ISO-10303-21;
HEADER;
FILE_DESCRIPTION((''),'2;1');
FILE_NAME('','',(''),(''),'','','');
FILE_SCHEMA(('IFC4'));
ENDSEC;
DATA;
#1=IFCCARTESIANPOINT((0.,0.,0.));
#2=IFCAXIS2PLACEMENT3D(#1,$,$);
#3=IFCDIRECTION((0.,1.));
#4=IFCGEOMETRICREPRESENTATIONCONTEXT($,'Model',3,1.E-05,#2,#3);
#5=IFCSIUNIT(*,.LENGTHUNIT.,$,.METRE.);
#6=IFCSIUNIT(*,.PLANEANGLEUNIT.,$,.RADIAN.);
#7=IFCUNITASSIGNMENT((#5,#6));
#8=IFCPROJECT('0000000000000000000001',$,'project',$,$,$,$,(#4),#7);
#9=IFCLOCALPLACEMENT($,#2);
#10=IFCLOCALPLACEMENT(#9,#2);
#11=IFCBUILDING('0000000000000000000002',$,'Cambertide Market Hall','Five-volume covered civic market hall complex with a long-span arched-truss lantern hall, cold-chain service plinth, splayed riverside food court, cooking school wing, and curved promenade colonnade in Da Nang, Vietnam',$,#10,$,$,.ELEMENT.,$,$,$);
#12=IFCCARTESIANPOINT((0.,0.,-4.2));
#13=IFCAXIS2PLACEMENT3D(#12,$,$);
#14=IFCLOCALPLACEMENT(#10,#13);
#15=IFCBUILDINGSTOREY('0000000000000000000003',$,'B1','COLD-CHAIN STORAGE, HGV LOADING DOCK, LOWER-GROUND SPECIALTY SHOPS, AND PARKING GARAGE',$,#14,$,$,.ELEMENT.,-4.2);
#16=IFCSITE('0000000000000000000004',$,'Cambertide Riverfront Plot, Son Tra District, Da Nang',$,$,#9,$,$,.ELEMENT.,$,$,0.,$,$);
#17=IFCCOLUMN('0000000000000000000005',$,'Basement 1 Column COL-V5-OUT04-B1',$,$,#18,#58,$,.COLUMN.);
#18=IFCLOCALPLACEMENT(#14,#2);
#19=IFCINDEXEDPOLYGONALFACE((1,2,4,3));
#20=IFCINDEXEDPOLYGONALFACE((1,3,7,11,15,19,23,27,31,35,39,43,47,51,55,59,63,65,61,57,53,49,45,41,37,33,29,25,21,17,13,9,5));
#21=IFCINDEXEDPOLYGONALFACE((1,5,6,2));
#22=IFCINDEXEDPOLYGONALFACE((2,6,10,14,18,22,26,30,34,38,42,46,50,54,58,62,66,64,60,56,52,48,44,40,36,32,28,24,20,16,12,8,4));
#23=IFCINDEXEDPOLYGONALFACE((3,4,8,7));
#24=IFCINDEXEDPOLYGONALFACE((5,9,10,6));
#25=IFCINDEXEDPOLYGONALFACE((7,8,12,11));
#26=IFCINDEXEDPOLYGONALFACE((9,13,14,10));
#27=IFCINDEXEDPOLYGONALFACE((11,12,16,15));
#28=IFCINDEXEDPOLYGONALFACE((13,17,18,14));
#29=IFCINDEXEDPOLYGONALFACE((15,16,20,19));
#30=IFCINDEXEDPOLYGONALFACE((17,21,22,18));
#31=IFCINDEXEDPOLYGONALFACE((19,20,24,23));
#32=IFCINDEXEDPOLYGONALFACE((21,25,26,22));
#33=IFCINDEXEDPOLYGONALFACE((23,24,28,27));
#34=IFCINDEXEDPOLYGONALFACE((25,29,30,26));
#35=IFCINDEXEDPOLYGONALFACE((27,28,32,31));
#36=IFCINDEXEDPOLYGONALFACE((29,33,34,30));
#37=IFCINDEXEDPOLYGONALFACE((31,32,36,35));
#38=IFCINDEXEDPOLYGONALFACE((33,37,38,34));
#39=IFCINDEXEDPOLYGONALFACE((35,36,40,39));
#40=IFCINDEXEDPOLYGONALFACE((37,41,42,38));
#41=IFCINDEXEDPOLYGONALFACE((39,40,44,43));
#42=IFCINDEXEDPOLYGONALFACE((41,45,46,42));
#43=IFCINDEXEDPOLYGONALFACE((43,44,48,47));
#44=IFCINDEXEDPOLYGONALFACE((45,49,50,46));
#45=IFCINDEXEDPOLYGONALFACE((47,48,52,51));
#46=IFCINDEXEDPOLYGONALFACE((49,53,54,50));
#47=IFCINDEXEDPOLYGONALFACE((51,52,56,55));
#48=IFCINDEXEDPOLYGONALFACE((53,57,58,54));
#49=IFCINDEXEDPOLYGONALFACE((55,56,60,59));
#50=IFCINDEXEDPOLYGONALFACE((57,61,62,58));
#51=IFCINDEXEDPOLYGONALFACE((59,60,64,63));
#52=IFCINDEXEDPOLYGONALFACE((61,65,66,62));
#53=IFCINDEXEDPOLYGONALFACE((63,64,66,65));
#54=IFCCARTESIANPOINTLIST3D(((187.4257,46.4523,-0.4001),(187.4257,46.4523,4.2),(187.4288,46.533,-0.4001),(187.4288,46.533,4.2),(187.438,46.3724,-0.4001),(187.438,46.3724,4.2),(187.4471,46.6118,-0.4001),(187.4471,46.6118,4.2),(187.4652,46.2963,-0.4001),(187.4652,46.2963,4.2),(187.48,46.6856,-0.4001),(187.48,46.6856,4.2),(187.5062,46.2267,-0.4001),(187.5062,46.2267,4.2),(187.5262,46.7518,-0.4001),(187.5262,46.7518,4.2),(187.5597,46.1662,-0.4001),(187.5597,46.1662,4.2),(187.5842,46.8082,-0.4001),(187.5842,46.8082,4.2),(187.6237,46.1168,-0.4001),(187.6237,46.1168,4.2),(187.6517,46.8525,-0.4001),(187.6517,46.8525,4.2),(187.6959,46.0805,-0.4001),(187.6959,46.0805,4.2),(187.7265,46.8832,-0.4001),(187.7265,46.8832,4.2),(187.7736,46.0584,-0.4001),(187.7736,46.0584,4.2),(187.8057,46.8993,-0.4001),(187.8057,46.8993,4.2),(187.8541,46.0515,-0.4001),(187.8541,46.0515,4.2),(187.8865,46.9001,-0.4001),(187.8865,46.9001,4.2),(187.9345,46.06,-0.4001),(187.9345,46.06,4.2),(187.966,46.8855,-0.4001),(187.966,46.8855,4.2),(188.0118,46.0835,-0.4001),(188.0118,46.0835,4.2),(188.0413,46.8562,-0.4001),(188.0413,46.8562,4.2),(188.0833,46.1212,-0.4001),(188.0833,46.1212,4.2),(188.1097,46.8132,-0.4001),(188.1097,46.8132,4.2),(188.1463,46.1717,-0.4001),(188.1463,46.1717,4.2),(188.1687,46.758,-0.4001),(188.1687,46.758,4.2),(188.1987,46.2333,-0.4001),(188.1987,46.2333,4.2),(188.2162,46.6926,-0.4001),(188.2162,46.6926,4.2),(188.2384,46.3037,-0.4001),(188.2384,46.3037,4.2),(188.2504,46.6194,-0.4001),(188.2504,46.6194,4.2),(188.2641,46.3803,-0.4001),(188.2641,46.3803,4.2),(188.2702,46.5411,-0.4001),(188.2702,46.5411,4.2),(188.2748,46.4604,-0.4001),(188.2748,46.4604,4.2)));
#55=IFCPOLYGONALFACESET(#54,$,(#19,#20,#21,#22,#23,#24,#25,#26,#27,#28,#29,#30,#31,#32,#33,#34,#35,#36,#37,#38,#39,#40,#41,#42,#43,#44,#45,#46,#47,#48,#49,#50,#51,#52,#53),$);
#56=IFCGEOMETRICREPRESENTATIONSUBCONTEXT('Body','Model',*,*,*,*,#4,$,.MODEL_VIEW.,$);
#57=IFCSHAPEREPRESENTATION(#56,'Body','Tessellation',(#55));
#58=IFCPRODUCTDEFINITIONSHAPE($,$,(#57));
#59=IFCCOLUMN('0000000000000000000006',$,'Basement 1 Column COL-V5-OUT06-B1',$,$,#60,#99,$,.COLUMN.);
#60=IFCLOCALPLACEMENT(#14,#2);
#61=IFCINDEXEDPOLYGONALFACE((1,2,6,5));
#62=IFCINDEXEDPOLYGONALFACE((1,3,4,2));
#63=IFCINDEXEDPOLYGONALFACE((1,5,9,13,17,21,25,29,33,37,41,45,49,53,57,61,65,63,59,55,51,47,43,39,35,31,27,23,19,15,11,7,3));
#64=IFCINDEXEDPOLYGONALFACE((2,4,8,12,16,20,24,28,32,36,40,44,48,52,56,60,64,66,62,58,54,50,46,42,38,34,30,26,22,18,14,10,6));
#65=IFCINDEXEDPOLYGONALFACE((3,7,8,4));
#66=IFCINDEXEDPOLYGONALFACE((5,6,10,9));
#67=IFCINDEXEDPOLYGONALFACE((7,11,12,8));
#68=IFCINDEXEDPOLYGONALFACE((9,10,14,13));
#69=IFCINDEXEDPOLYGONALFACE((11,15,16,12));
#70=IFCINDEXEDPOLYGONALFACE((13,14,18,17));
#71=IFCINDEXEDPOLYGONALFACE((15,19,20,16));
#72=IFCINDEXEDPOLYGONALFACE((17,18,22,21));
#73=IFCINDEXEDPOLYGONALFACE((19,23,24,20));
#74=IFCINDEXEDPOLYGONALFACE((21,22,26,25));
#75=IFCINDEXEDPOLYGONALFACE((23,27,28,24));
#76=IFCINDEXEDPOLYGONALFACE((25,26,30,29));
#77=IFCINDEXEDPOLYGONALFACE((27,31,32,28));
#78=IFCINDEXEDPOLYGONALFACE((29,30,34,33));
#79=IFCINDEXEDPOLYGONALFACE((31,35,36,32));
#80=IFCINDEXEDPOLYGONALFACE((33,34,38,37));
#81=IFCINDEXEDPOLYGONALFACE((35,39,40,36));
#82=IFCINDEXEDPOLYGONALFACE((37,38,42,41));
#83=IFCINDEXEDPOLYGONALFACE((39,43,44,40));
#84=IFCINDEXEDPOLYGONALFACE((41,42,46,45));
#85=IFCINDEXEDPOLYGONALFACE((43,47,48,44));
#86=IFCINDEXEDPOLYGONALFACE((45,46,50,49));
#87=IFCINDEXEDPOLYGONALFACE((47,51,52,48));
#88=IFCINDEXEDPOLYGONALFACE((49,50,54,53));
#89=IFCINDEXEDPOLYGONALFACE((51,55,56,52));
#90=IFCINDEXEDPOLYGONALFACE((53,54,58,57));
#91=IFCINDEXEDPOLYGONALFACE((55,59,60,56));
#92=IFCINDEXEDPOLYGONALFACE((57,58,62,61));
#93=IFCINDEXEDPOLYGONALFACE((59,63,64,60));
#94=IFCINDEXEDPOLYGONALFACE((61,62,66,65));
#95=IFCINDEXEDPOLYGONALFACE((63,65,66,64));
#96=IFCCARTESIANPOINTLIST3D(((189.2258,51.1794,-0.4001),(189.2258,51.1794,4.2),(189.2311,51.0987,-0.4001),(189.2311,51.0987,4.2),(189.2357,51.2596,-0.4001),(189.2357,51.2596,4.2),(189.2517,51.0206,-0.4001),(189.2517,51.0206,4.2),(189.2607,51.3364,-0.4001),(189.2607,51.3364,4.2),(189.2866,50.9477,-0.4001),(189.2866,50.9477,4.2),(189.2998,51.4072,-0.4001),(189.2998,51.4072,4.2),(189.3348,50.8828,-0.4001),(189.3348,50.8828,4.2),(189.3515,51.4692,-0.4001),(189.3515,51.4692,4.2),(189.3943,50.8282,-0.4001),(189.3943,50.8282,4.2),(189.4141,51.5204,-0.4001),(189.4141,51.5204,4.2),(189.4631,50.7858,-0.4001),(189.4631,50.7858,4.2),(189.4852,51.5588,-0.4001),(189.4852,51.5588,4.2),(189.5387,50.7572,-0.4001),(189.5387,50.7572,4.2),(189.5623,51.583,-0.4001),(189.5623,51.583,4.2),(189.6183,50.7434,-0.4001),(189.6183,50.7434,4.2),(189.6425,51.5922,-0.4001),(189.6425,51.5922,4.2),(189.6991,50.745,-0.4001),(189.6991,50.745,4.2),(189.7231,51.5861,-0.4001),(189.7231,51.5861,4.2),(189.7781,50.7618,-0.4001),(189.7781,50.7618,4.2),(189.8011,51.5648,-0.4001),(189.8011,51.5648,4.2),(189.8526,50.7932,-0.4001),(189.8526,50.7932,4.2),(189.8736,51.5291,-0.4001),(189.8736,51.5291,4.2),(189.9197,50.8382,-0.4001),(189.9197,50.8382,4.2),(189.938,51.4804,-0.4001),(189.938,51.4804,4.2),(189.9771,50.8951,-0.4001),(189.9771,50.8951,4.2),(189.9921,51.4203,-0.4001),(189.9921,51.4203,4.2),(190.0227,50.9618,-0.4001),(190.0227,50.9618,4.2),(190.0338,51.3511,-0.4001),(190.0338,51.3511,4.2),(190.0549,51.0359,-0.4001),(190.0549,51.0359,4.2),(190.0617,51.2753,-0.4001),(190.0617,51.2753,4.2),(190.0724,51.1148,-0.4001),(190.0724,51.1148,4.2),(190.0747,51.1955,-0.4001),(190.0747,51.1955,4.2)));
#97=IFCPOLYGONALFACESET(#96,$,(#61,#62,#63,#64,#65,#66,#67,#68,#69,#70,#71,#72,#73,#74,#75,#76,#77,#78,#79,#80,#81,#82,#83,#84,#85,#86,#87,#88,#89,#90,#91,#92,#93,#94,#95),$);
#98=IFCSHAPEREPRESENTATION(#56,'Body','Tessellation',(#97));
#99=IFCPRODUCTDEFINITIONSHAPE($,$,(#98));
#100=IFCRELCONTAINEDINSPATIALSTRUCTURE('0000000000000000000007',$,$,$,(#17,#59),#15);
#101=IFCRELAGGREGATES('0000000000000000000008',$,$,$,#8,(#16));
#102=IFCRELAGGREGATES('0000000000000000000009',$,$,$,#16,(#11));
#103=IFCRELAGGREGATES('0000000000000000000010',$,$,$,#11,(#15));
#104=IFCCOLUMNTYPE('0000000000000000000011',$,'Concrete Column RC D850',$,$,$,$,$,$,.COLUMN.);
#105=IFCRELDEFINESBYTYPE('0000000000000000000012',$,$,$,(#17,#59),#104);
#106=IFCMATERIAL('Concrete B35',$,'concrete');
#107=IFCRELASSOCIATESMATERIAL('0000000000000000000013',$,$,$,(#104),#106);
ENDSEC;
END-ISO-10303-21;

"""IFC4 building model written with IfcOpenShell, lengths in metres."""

from ifc_helpers import new_model, si_unit, direction, frame, origin, origin_2d, place, context, subcontext, project, spatial, circle, extrude, material, material_profile, profile_set, type_object, element, save


model = new_model("IFC4")

# Units and contexts
model_context = context("Model", 3, precision=1e-05, world=origin(), true_north=direction((0.0, 1.0)))
body_context = subcontext(model_context, "Body", "Model", "MODEL_VIEW")
ifc_project = project(units=[si_unit("LENGTHUNIT", "METRE"), si_unit("PLANEANGLEUNIT", "RADIAN")], contexts=[model_context])

# Site, building, storey
site_placement = place(None, origin())
site = spatial("IfcSite", under=ifc_project, at=site_placement, Name="Cambertide Riverfront Plot, Son Tra District, Da Nang", CompositionType="ELEMENT", RefElevation=0.0)
building_placement = place(site_placement, origin())
building = spatial("IfcBuilding", under=site, at=building_placement, Name="Cambertide Market Hall", Description="Five-volume covered civic market hall complex with a long-span arched-truss lantern hall, cold-chain service plinth, splayed riverside food court, cooking school wing, and curved promenade colonnade in Da Nang, Vietnam", CompositionType="ELEMENT")
storey_placement = place(building_placement, frame((0.0, 0.0, -4.2)))
storey = spatial("IfcBuildingStorey", under=building, at=storey_placement, Name="B1", Description="COLD-CHAIN STORAGE, HGV LOADING DOCK, LOWER-GROUND SPECIALTY SHOPS, AND PARKING GARAGE", CompositionType="ELEMENT", Elevation=-4.2)

# Columns
ifc_material_1 = material(Name="Concrete B35", Category="concrete")
ifc_material_profile_1 = material_profile(ifc_material_1, circle(Radius=0.425, at=origin_2d()), Name="RC D850")
ifc_profile_set_1 = profile_set([ifc_material_profile_1], Name="Concrete B35")
column_type_1 = type_object("IfcColumnType", Name="Concrete Column RC D850", PredefinedType="COLUMN", material=ifc_profile_set_1)
for number, where, z_axis, x_axis, name in (
    (1, (187.8501, 46.4766, -0.4001), (0.0, 0.0, 1.0), (0.913545, -0.406737, 0.0), "Basement 1 Column COL-V5-OUT04-B1"),
    (2, (189.6506, 51.1672, -0.4001), (0.0, 0.0, 1.0), (0.951057, -0.309017, 0.0), "Basement 1 Column COL-V5-OUT06-B1"),
):
    element("IfcColumn", number, at=place(storey_placement, frame(where, z_axis=z_axis, x_axis=x_axis)), inside=storey, type_object=column_type_1, Name=name, PredefinedType="COLUMN", context=body_context, shape_type="SweptSolid", body=[
        extrude(circle(Radius=0.425, at=origin_2d()), origin(), (0.0, 0.0, 1.0), 4.6001),
    ])

save(model, "model.ifc")
